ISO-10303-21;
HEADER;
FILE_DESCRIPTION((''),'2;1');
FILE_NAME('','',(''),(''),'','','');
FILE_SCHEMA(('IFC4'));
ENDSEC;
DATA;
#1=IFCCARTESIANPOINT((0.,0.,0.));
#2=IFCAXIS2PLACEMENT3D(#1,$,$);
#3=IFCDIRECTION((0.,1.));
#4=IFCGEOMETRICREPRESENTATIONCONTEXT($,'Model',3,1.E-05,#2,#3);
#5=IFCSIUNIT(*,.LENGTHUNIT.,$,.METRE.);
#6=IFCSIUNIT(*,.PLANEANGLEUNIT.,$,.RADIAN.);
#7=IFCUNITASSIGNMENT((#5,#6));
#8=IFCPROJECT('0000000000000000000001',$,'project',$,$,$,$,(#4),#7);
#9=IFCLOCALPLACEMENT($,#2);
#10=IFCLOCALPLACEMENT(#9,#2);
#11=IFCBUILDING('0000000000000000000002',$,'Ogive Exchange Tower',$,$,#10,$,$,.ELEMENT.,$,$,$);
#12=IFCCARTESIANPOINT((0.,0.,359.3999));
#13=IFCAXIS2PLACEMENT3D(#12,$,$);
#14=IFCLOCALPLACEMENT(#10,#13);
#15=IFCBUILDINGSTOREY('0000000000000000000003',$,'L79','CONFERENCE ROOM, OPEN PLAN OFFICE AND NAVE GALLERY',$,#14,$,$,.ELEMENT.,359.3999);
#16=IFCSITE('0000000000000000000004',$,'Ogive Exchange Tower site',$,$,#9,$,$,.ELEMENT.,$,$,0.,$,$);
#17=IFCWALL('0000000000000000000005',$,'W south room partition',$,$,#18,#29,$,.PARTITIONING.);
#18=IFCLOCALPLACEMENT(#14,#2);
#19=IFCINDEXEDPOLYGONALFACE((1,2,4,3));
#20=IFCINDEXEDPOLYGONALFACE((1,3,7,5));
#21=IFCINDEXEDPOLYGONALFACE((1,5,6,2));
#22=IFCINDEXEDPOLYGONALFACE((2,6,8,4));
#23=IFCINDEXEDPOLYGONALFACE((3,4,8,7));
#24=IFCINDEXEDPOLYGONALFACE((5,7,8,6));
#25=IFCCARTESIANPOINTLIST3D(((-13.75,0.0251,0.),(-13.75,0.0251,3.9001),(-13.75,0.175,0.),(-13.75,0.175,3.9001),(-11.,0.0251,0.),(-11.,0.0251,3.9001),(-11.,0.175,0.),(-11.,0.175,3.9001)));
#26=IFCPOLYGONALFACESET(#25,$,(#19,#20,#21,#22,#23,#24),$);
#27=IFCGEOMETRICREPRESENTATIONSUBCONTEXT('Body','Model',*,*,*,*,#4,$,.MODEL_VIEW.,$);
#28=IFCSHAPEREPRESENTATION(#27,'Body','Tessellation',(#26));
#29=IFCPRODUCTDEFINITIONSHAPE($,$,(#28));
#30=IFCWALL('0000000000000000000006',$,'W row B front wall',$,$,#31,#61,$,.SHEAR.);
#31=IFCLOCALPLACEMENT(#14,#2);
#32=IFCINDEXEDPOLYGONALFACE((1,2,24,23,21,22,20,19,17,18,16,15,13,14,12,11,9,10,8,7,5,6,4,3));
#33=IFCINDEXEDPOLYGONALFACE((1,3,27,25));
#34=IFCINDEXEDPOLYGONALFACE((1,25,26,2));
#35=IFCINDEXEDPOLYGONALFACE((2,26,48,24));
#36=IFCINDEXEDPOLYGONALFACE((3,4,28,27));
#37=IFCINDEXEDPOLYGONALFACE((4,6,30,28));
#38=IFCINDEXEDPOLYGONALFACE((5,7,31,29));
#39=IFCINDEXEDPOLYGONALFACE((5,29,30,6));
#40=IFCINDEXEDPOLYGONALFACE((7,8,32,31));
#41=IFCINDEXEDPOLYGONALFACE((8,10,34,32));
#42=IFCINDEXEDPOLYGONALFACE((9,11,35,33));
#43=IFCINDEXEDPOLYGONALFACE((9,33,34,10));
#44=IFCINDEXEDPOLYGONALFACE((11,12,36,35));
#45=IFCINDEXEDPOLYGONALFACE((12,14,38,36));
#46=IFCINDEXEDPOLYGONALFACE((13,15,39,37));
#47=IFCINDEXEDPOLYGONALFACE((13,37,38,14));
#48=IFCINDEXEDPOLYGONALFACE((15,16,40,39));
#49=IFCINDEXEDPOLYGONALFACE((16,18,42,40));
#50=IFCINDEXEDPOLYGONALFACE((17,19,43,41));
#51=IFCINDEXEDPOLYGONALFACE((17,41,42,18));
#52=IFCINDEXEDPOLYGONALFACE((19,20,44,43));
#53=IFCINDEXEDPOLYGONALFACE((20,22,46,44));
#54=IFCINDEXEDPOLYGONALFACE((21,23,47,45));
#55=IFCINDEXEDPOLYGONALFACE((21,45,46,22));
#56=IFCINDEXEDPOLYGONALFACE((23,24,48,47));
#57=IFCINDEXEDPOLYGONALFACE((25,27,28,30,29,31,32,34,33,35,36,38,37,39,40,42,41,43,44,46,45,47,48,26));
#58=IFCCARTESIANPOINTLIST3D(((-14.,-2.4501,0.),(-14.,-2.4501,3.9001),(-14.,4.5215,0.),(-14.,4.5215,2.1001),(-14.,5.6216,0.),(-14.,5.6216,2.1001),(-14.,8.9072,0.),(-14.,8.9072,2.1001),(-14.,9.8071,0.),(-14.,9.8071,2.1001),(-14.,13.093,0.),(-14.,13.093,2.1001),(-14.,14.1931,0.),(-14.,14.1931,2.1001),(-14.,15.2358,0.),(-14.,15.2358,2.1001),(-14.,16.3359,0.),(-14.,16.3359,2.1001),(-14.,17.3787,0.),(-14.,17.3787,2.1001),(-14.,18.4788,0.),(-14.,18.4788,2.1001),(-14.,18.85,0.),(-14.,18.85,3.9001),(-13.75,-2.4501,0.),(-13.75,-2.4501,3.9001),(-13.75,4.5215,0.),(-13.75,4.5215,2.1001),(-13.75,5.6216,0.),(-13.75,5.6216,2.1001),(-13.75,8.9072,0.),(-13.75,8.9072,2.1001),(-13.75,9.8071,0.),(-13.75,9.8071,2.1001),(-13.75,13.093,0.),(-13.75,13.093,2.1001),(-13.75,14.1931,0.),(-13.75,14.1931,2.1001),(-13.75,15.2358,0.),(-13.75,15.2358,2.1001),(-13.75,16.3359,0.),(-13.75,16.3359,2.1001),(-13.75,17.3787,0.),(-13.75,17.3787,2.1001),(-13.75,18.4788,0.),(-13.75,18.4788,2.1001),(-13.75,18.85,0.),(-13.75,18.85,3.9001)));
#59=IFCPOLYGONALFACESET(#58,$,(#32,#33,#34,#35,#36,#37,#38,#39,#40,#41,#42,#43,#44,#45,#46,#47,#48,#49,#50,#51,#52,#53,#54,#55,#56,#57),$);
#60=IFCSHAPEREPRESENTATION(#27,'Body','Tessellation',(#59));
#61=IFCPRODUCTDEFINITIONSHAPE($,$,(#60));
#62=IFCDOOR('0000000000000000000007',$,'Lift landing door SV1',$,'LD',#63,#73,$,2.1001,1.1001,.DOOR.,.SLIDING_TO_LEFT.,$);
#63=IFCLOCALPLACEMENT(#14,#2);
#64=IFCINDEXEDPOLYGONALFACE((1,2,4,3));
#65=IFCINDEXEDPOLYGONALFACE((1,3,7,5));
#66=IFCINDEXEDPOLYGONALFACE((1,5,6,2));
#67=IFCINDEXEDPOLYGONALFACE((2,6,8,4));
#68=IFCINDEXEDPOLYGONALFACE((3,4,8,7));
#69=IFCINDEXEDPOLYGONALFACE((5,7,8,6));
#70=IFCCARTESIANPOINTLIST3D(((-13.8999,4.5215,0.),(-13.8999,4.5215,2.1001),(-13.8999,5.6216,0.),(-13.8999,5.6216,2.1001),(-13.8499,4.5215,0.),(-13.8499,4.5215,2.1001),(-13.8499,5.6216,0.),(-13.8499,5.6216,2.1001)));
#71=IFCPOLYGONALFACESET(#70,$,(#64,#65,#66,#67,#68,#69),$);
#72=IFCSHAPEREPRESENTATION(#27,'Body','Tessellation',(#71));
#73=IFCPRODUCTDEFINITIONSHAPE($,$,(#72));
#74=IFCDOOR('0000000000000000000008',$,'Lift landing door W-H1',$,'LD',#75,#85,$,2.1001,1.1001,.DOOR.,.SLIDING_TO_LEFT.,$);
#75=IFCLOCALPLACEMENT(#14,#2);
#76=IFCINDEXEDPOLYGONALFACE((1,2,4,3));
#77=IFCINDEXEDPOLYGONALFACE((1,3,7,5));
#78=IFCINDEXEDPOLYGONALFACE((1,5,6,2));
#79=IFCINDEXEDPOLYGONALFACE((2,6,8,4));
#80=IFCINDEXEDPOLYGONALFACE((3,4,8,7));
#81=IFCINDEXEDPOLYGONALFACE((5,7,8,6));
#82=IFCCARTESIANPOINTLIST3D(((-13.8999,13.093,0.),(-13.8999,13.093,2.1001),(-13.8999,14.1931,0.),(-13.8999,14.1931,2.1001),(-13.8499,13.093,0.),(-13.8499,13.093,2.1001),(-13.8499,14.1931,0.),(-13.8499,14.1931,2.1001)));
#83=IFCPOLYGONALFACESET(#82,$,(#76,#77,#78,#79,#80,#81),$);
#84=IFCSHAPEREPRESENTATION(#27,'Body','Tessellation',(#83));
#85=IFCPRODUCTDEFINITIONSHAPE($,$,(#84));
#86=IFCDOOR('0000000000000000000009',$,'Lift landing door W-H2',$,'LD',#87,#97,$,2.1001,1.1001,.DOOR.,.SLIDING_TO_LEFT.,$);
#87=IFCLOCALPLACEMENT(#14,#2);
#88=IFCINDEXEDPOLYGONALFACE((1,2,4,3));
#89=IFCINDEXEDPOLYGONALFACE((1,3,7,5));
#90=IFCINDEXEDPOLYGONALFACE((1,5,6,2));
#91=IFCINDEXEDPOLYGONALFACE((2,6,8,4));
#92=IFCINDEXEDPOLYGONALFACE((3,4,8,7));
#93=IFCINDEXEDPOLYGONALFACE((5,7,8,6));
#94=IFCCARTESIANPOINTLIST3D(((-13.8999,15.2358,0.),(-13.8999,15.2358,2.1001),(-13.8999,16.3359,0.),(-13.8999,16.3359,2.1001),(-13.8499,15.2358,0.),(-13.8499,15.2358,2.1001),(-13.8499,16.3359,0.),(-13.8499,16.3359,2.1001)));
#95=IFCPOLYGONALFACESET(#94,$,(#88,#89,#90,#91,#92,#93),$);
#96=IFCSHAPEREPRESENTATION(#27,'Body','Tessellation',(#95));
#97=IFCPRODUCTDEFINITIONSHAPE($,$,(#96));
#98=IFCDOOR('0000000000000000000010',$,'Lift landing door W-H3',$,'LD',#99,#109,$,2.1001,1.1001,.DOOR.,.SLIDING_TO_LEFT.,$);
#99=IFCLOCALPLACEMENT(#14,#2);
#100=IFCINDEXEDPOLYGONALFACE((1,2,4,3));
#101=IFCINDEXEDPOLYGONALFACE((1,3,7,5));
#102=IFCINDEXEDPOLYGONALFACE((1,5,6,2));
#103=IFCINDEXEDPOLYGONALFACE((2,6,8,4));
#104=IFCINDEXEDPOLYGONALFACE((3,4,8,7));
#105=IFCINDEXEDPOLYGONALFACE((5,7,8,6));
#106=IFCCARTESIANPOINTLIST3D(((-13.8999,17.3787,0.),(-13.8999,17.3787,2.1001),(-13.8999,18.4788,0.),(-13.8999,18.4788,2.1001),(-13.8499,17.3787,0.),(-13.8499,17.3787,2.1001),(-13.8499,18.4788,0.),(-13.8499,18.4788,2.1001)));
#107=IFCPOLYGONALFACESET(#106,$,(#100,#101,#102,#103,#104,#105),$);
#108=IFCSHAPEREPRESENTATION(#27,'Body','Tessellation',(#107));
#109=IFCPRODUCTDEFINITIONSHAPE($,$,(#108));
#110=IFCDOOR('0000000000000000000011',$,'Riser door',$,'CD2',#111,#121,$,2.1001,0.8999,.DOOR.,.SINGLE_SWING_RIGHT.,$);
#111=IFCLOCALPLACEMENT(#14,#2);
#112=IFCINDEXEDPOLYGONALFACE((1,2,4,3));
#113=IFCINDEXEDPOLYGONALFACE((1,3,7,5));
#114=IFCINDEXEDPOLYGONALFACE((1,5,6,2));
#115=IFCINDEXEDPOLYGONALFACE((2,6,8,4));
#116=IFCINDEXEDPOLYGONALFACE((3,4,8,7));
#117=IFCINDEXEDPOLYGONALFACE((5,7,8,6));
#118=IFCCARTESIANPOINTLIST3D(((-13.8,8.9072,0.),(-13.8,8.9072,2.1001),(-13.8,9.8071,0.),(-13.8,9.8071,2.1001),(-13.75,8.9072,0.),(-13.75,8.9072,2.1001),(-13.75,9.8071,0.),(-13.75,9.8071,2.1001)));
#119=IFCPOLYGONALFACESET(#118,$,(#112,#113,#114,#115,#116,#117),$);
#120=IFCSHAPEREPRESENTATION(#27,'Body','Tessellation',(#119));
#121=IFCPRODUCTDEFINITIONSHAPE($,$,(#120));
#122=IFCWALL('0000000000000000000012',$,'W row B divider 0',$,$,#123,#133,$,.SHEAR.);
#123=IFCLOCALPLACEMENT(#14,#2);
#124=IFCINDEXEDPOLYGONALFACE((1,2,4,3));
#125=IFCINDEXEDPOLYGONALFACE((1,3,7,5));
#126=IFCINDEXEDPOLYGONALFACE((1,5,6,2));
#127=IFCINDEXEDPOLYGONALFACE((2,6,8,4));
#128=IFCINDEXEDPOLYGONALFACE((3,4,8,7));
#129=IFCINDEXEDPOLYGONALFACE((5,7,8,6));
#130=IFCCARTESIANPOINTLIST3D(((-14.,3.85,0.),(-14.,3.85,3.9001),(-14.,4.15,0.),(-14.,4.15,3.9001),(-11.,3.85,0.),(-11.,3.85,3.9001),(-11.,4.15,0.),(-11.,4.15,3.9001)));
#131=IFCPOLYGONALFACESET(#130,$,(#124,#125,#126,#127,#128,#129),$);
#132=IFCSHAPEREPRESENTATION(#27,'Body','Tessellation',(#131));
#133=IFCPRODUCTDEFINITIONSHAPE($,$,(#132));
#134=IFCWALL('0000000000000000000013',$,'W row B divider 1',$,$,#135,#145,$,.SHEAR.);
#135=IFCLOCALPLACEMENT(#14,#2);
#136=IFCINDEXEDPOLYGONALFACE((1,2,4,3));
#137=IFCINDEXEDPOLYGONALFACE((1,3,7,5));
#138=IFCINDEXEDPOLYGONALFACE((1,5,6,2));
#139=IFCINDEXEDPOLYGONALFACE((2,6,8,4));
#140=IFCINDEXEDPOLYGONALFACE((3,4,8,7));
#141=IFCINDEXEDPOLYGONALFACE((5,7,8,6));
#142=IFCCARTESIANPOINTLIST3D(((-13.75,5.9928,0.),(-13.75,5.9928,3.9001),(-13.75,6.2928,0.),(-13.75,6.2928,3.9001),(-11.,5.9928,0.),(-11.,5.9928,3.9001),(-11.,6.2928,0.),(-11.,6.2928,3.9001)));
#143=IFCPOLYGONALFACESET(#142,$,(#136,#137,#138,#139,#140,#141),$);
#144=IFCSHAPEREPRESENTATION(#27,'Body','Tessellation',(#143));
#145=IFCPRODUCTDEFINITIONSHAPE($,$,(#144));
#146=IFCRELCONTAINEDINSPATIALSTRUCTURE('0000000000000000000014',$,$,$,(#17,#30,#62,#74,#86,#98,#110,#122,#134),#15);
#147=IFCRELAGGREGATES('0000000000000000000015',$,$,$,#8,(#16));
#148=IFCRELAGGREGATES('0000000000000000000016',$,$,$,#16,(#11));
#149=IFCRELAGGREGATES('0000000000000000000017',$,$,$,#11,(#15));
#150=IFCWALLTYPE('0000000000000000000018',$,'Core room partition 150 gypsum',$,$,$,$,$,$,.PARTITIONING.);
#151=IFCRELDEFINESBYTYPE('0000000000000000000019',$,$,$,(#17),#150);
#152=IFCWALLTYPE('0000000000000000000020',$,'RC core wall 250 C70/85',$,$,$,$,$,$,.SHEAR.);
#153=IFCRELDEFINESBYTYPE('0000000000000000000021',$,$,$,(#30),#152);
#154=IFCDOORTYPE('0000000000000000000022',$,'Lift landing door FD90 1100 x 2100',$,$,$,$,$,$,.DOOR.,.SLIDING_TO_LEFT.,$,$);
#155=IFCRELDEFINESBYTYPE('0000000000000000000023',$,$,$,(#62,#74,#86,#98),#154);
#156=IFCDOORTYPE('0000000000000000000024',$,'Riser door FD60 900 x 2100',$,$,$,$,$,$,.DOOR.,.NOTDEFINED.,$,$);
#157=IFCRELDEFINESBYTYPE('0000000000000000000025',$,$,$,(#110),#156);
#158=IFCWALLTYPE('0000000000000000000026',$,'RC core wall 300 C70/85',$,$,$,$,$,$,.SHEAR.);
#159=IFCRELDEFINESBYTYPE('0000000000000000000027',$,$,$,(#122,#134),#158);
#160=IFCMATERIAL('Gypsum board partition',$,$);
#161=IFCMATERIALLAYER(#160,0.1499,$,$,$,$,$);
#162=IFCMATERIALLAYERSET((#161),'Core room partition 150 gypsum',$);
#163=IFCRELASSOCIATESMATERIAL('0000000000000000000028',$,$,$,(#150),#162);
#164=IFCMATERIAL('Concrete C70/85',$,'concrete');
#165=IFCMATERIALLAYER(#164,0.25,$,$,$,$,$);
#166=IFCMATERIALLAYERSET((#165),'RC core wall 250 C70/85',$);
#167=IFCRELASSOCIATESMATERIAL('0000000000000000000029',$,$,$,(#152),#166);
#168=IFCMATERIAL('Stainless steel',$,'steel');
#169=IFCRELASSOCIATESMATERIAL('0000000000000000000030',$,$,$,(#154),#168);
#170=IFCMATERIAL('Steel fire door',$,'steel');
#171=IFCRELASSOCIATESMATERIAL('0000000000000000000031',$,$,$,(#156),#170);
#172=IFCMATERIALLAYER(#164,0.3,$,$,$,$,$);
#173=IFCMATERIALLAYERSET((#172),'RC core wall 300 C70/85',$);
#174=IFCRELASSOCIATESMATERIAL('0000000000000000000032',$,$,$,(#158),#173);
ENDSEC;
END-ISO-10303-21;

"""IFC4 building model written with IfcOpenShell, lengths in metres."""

from ifc_helpers import new_model, si_unit, direction, frame, frame_2d, origin, place, context, subcontext, project, spatial, rectangle, extrude, material, layer, layer_set, type_object, element, fill, save


model = new_model("IFC4")

# Units and contexts
model_context = context("Model", 3, precision=1e-05, world=origin(), true_north=direction((0.0, 1.0)))
body_context = subcontext(model_context, "Body", "Model", "MODEL_VIEW")
ifc_project = project(units=[si_unit("LENGTHUNIT", "METRE"), si_unit("PLANEANGLEUNIT", "RADIAN")], contexts=[model_context])

# Site, building, storey
site_placement = place(None, origin())
site = spatial("IfcSite", under=ifc_project, at=site_placement, Name="Ogive Exchange Tower site", CompositionType="ELEMENT", RefElevation=0.0)
building_placement = place(site_placement, origin())
building = spatial("IfcBuilding", under=site, at=building_placement, Name="Ogive Exchange Tower", CompositionType="ELEMENT")
storey_placement = place(building_placement, frame((0.0, 0.0, 359.3999)))
storey = spatial("IfcBuildingStorey", under=building, at=storey_placement, Name="L79", Description="CONFERENCE ROOM, OPEN PLAN OFFICE AND NAVE GALLERY", CompositionType="ELEMENT", Elevation=359.3999)

# Wall
ifc_material_1 = material(Name="Gypsum board partition")
ifc_layer_1 = layer(ifc_material_1, 0.1499)
ifc_layer_set_1 = layer_set([ifc_layer_1], Name="Core room partition 150 gypsum")
wall_type_1 = type_object("IfcWallType", Name="Core room partition 150 gypsum", PredefinedType="PARTITIONING", material=ifc_layer_set_1)
wall_1_placement = place(storey_placement, frame((-13.75, 0.1001, 0.0), z_axis=(0.0, 0.0, 1.0), x_axis=(1.0, 0.0, 0.0)))
element("IfcWall", 1, at=wall_1_placement, inside=storey, type_object=wall_type_1, Name="W south room partition", PredefinedType="PARTITIONING", context=body_context, shape_type="SweptSolid", body=[
    extrude(rectangle(XDim=2.75, YDim=0.1499, at=frame_2d((1.375, 0.0))), origin(), (0.0, 0.0, 1.0), 3.9001),
])

# Wall, openings, doors
ifc_material_2 = material(Name="Concrete C70/85", Category="concrete")
ifc_layer_2 = layer(ifc_material_2, 0.25)
ifc_layer_set_2 = layer_set([ifc_layer_2], Name="RC core wall 250 C70/85")
wall_type_2 = type_object("IfcWallType", Name="RC core wall 250 C70/85", PredefinedType="SHEAR", material=ifc_layer_set_2)
wall_2_placement = place(storey_placement, frame((-13.875, -2.45, 0.0), z_axis=(0.0, 0.0, 1.0), x_axis=(0.0, 1.0, 0.0)))
wall_2 = element("IfcWall", 2, at=wall_2_placement, inside=storey, type_object=wall_type_2, Name="W row B front wall", PredefinedType="SHEAR", context=body_context, shape_type="SweptSolid", body=[
    extrude(rectangle(XDim=21.3, YDim=0.25, at=frame_2d((10.6499, 0.0))), origin(), (0.0, 0.0, 1.0), 3.9001),
])
opening_1_placement = place(wall_2_placement, frame((11.3572, 0.0, 0.0)))
opening_1 = element("IfcOpeningElement", 3, at=opening_1_placement, cuts=wall_2, PredefinedType="OPENING", context=body_context, shape_type="SweptSolid", body=[
    extrude(rectangle(XDim=0.8999, YDim=2.1001, at=frame_2d((0.45, 1.05))), frame((0.0, 0.135, 0.0), z_axis=(0.0, -1.0, 0.0), x_axis=(1.0, 0.0, 0.0)), (0.0, 0.0, 1.0), 0.27),
])
opening_2_placement = place(wall_2_placement, frame((6.9714, 0.0, 0.0)))
opening_2 = element("IfcOpeningElement", 4, at=opening_2_placement, cuts=wall_2, PredefinedType="OPENING", context=body_context, shape_type="SweptSolid", body=[
    extrude(rectangle(XDim=1.1001, YDim=2.1001, at=frame_2d((0.55, 1.05))), frame((0.0, 0.135, 0.0), z_axis=(0.0, -1.0, 0.0), x_axis=(1.0, 0.0, 0.0)), (0.0, 0.0, 1.0), 0.27),
])
opening_3_placement = place(wall_2_placement, frame((15.543, 0.0, 0.0)))
opening_3 = element("IfcOpeningElement", 5, at=opening_3_placement, cuts=wall_2, PredefinedType="OPENING", context=body_context, shape_type="SweptSolid", body=[
    extrude(rectangle(XDim=1.1001, YDim=2.1001, at=frame_2d((0.55, 1.05))), frame((0.0, 0.135, 0.0), z_axis=(0.0, -1.0, 0.0), x_axis=(1.0, 0.0, 0.0)), (0.0, 0.0, 1.0), 0.27),
])
opening_4_placement = place(wall_2_placement, frame((17.6858, 0.0, 0.0)))
opening_4 = element("IfcOpeningElement", 6, at=opening_4_placement, cuts=wall_2, PredefinedType="OPENING", context=body_context, shape_type="SweptSolid", body=[
    extrude(rectangle(XDim=1.1001, YDim=2.1001, at=frame_2d((0.55, 1.05))), frame((0.0, 0.135, 0.0), z_axis=(0.0, -1.0, 0.0), x_axis=(1.0, 0.0, 0.0)), (0.0, 0.0, 1.0), 0.27),
])
opening_5_placement = place(wall_2_placement, frame((19.8286, 0.0, 0.0)))
opening_5 = element("IfcOpeningElement", 7, at=opening_5_placement, cuts=wall_2, PredefinedType="OPENING", context=body_context, shape_type="SweptSolid", body=[
    extrude(rectangle(XDim=1.1001, YDim=2.1001, at=frame_2d((0.55, 1.05))), frame((0.0, 0.135, 0.0), z_axis=(0.0, -1.0, 0.0), x_axis=(1.0, 0.0, 0.0)), (0.0, 0.0, 1.0), 0.27),
])
ifc_material_3 = material(Name="Stainless steel", Category="steel")
door_type_1 = type_object("IfcDoorType", Name="Lift landing door FD90 1100 x 2100", OperationType="SLIDING_TO_LEFT", PredefinedType="DOOR", material=ifc_material_3)
door_1_placement = place(opening_2_placement, origin())
door_1 = element("IfcDoor", 8, at=door_1_placement, inside=storey, type_object=door_type_1, Name="Lift landing door SV1", ObjectType="LD", OperationType="SLIDING_TO_LEFT", OverallHeight=2.1001, OverallWidth=1.1001, PredefinedType="DOOR", context=body_context, shape_type="SweptSolid", body=[
    extrude(rectangle(XDim=1.1001, YDim=2.1001, at=frame_2d((0.55, 1.05))), frame((0.0, 0.0249, 0.0), z_axis=(0.0, -1.0, 0.0), x_axis=(1.0, 0.0, 0.0)), (0.0, 0.0, 1.0), 0.05),
])
fill(opening_2, door_1)
door_2_placement = place(opening_3_placement, origin())
door_2 = element("IfcDoor", 9, at=door_2_placement, inside=storey, type_object=door_type_1, Name="Lift landing door W-H1", ObjectType="LD", OperationType="SLIDING_TO_LEFT", OverallHeight=2.1001, OverallWidth=1.1001, PredefinedType="DOOR", context=body_context, shape_type="SweptSolid", body=[
    extrude(rectangle(XDim=1.1001, YDim=2.1001, at=frame_2d((0.55, 1.05))), frame((0.0, 0.0249, 0.0), z_axis=(0.0, -1.0, 0.0), x_axis=(1.0, 0.0, 0.0)), (0.0, 0.0, 1.0), 0.05),
])
fill(opening_3, door_2)
door_3_placement = place(opening_4_placement, origin())
door_3 = element("IfcDoor", 10, at=door_3_placement, inside=storey, type_object=door_type_1, Name="Lift landing door W-H2", ObjectType="LD", OperationType="SLIDING_TO_LEFT", OverallHeight=2.1001, OverallWidth=1.1001, PredefinedType="DOOR", context=body_context, shape_type="SweptSolid", body=[
    extrude(rectangle(XDim=1.1001, YDim=2.1001, at=frame_2d((0.55, 1.05))), frame((0.0, 0.0249, 0.0), z_axis=(0.0, -1.0, 0.0), x_axis=(1.0, 0.0, 0.0)), (0.0, 0.0, 1.0), 0.05),
])
fill(opening_4, door_3)
door_4_placement = place(opening_5_placement, origin())
door_4 = element("IfcDoor", 11, at=door_4_placement, inside=storey, type_object=door_type_1, Name="Lift landing door W-H3", ObjectType="LD", OperationType="SLIDING_TO_LEFT", OverallHeight=2.1001, OverallWidth=1.1001, PredefinedType="DOOR", context=body_context, shape_type="SweptSolid", body=[
    extrude(rectangle(XDim=1.1001, YDim=2.1001, at=frame_2d((0.55, 1.05))), frame((0.0, 0.0249, 0.0), z_axis=(0.0, -1.0, 0.0), x_axis=(1.0, 0.0, 0.0)), (0.0, 0.0, 1.0), 0.05),
])
fill(opening_5, door_4)
ifc_material_4 = material(Name="Steel fire door", Category="steel")
door_type_2 = type_object("IfcDoorType", Name="Riser door FD60 900 x 2100", OperationType="NOTDEFINED", PredefinedType="DOOR", material=ifc_material_4)
door_5_placement = place(opening_1_placement, frame((0.8999, -0.2002, 0.0), z_axis=(0.0, 0.0, 1.0), x_axis=(-1.0, 0.0, 0.0)))
door_5 = element("IfcDoor", 12, at=door_5_placement, inside=storey, type_object=door_type_2, Name="Riser door", ObjectType="CD2", OperationType="SINGLE_SWING_RIGHT", OverallHeight=2.1001, OverallWidth=0.8999, PredefinedType="DOOR", context=body_context, shape_type="SweptSolid", body=[
    extrude(rectangle(XDim=0.8999, YDim=2.1001, at=frame_2d((0.45, 1.05))), frame((0.0, -0.0752, 0.0), z_axis=(0.0, -1.0, 0.0), x_axis=(1.0, 0.0, 0.0)), (0.0, 0.0, 1.0), 0.05),
])
fill(opening_1, door_5)

# Walls
ifc_layer_3 = layer(ifc_material_2, 0.3)
ifc_layer_set_3 = layer_set([ifc_layer_3], Name="RC core wall 300 C70/85")
wall_type_3 = type_object("IfcWallType", Name="RC core wall 300 C70/85", PredefinedType="SHEAR", material=ifc_layer_set_3)
wall_3_placement = place(storey_placement, frame((-14.0, 4.0, 0.0), z_axis=(0.0, 0.0, 1.0), x_axis=(1.0, 0.0, 0.0)))
element("IfcWall", 13, at=wall_3_placement, inside=storey, type_object=wall_type_3, Name="W row B divider 0", PredefinedType="SHEAR", context=body_context, shape_type="SweptSolid", body=[
    extrude(rectangle(XDim=3.0, YDim=0.3, at=frame_2d((1.5, 0.0))), origin(), (0.0, 0.0, 1.0), 3.9001),
])
wall_4_placement = place(storey_placement, frame((-13.75, 6.1428, 0.0), z_axis=(0.0, 0.0, 1.0), x_axis=(1.0, 0.0, 0.0)))
element("IfcWall", 14, at=wall_4_placement, inside=storey, type_object=wall_type_3, Name="W row B divider 1", PredefinedType="SHEAR", context=body_context, shape_type="SweptSolid", body=[
    extrude(rectangle(XDim=2.75, YDim=0.3, at=frame_2d((1.375, 0.0))), origin(), (0.0, 0.0, 1.0), 3.9001),
])

save(model, "model.ifc")
